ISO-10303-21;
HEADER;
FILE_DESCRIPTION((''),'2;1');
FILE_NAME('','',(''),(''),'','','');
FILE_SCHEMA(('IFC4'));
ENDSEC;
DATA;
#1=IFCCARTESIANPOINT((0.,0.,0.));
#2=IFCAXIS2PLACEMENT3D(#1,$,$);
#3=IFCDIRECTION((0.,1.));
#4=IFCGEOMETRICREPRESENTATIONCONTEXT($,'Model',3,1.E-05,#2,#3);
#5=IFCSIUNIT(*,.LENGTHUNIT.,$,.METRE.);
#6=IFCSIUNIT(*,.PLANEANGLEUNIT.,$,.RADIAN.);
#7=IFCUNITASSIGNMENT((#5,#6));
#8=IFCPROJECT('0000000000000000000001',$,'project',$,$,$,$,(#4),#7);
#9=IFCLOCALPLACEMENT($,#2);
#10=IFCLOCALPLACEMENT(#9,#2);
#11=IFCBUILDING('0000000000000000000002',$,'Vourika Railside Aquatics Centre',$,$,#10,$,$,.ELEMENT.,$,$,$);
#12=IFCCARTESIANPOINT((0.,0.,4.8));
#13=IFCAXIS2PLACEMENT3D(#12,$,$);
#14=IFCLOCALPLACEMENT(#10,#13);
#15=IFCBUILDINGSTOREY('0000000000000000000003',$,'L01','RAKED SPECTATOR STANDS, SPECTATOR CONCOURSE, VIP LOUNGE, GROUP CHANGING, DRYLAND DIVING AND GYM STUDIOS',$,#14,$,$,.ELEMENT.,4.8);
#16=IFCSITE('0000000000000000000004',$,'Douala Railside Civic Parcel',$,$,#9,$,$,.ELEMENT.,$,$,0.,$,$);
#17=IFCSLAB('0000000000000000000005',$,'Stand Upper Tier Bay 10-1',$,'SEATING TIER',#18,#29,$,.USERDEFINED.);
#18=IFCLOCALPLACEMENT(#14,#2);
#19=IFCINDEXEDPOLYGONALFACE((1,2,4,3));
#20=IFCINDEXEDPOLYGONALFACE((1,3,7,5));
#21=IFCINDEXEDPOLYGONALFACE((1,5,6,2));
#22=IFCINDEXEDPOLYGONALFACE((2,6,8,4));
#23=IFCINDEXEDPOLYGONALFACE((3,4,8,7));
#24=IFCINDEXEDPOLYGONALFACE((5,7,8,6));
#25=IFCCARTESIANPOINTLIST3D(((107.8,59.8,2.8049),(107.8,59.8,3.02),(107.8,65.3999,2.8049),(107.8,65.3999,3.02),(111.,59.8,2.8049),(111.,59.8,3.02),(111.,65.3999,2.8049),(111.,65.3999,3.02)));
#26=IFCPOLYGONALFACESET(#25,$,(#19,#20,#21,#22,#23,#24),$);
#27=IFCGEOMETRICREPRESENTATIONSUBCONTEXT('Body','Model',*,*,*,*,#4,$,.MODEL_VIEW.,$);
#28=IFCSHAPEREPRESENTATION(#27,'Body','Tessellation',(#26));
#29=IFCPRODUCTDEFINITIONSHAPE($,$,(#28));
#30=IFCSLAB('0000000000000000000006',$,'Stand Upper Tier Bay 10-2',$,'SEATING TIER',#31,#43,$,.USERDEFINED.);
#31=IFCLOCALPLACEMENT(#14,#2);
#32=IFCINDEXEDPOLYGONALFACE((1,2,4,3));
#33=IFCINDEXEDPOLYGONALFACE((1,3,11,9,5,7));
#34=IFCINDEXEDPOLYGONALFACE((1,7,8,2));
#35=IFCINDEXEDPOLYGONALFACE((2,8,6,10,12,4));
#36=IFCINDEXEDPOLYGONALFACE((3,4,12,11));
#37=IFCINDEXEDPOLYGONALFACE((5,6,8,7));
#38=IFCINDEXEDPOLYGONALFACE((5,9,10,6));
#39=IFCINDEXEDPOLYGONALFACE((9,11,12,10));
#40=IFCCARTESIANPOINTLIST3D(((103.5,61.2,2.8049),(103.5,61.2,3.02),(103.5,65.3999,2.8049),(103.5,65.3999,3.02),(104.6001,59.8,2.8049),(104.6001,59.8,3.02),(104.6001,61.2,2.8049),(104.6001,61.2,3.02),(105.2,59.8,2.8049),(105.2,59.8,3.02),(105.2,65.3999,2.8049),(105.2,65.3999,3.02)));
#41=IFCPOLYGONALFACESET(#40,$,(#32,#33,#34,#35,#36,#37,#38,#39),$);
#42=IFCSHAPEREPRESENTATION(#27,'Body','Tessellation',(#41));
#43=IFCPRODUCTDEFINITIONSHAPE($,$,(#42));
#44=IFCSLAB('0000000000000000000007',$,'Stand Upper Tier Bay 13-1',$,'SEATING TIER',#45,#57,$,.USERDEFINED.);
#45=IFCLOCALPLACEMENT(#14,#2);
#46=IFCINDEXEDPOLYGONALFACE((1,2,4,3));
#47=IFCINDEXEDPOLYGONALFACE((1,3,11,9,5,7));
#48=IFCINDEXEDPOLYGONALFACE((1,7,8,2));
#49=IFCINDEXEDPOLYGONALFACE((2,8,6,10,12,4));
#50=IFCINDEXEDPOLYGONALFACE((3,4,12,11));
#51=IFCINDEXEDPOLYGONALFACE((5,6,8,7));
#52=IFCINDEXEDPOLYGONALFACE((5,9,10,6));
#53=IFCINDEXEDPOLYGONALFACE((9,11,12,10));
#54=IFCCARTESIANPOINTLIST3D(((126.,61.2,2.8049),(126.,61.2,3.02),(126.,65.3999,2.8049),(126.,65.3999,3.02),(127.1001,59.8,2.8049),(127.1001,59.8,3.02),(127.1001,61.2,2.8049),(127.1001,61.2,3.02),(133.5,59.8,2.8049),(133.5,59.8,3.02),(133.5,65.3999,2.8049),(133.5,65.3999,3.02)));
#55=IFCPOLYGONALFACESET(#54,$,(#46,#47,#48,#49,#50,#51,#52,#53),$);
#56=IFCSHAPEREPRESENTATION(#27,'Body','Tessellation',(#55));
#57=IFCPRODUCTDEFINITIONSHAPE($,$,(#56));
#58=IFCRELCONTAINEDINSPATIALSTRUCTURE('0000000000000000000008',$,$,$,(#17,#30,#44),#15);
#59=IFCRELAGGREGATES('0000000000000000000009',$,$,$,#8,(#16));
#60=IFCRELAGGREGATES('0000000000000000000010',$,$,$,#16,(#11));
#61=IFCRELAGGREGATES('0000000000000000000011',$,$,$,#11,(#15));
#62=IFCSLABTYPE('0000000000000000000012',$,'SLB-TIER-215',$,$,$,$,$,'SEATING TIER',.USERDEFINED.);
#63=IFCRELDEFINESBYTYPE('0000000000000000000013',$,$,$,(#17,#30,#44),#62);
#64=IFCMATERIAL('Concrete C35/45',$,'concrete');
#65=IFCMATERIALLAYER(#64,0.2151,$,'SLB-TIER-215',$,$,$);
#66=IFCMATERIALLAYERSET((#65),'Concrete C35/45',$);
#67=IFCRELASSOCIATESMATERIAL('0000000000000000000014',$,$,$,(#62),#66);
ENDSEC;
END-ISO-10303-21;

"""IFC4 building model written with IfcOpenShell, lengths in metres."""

from ifc_helpers import new_model, si_unit, direction, frame, origin, place, context, subcontext, project, spatial, polyline, outline, extrude, material, layer, layer_set, type_object, element, save


model = new_model("IFC4")

# Units and contexts
model_context = context("Model", 3, precision=1e-05, world=origin(), true_north=direction((0.0, 1.0)))
body_context = subcontext(model_context, "Body", "Model", "MODEL_VIEW")
ifc_project = project(units=[si_unit("LENGTHUNIT", "METRE"), si_unit("PLANEANGLEUNIT", "RADIAN")], contexts=[model_context])

# Site, building, storey
site_placement = place(None, origin())
site = spatial("IfcSite", under=ifc_project, at=site_placement, Name="Douala Railside Civic Parcel", CompositionType="ELEMENT", RefElevation=0.0)
building_placement = place(site_placement, origin())
building = spatial("IfcBuilding", under=site, at=building_placement, Name="Vourika Railside Aquatics Centre", CompositionType="ELEMENT")
storey_placement = place(building_placement, frame((0.0, 0.0, 4.8)))
storey = spatial("IfcBuildingStorey", under=building, at=storey_placement, Name="L01", Description="RAKED SPECTATOR STANDS, SPECTATOR CONCOURSE, VIP LOUNGE, GROUP CHANGING, DRYLAND DIVING AND GYM STUDIOS", CompositionType="ELEMENT", Elevation=4.8)

# Shared definitions
ifc_material_1 = material(Name="Concrete C35/45", Category="concrete")

# Slabs
ifc_layer_1 = layer(ifc_material_1, 0.2151, Name="SLB-TIER-215")
ifc_layer_set_1 = layer_set([ifc_layer_1], Name="Concrete C35/45")
slab_type_1 = type_object("IfcSlabType", Name="SLB-TIER-215", ElementType="SEATING TIER", PredefinedType="USERDEFINED", material=ifc_layer_set_1)
slab_1_placement = place(storey_placement, frame((0.0, 0.0, 2.8049)))
element("IfcSlab", 1, at=slab_1_placement, inside=storey, type_object=slab_type_1, Name="Stand Upper Tier Bay 10-1", ObjectType="SEATING TIER", PredefinedType="USERDEFINED", context=body_context, shape_type="SweptSolid", body=[
    extrude(outline(polyline([(111.0, 59.8), (107.8, 59.8), (107.8, 65.3999), (111.0, 65.3999), (111.0, 59.8)])), origin(), (0.0, 0.0, 1.0), 0.2151),
])
slab_2_placement = place(storey_placement, frame((0.0, 0.0, 2.8049)))
element("IfcSlab", 2, at=slab_2_placement, inside=storey, type_object=slab_type_1, Name="Stand Upper Tier Bay 10-2", ObjectType="SEATING TIER", PredefinedType="USERDEFINED", context=body_context, shape_type="SweptSolid", body=[
    extrude(outline(polyline([(104.6001, 59.8), (104.6001, 61.2), (103.5, 61.2), (103.5, 65.3999), (105.2, 65.3999), (105.2, 59.8), (104.6001, 59.8)])), origin(), (0.0, 0.0, 1.0), 0.2151),
])
slab_3_placement = place(storey_placement, frame((0.0, 0.0, 2.8049)))
element("IfcSlab", 3, at=slab_3_placement, inside=storey, type_object=slab_type_1, Name="Stand Upper Tier Bay 13-1", ObjectType="SEATING TIER", PredefinedType="USERDEFINED", context=body_context, shape_type="SweptSolid", body=[
    extrude(outline(polyline([(133.5, 59.8), (127.1001, 59.8), (127.1001, 61.2), (126.0, 61.2), (126.0, 65.3999), (133.5, 65.3999), (133.5, 59.8)])), origin(), (0.0, 0.0, 1.0), 0.2151),
])

save(model, "model.ifc")
